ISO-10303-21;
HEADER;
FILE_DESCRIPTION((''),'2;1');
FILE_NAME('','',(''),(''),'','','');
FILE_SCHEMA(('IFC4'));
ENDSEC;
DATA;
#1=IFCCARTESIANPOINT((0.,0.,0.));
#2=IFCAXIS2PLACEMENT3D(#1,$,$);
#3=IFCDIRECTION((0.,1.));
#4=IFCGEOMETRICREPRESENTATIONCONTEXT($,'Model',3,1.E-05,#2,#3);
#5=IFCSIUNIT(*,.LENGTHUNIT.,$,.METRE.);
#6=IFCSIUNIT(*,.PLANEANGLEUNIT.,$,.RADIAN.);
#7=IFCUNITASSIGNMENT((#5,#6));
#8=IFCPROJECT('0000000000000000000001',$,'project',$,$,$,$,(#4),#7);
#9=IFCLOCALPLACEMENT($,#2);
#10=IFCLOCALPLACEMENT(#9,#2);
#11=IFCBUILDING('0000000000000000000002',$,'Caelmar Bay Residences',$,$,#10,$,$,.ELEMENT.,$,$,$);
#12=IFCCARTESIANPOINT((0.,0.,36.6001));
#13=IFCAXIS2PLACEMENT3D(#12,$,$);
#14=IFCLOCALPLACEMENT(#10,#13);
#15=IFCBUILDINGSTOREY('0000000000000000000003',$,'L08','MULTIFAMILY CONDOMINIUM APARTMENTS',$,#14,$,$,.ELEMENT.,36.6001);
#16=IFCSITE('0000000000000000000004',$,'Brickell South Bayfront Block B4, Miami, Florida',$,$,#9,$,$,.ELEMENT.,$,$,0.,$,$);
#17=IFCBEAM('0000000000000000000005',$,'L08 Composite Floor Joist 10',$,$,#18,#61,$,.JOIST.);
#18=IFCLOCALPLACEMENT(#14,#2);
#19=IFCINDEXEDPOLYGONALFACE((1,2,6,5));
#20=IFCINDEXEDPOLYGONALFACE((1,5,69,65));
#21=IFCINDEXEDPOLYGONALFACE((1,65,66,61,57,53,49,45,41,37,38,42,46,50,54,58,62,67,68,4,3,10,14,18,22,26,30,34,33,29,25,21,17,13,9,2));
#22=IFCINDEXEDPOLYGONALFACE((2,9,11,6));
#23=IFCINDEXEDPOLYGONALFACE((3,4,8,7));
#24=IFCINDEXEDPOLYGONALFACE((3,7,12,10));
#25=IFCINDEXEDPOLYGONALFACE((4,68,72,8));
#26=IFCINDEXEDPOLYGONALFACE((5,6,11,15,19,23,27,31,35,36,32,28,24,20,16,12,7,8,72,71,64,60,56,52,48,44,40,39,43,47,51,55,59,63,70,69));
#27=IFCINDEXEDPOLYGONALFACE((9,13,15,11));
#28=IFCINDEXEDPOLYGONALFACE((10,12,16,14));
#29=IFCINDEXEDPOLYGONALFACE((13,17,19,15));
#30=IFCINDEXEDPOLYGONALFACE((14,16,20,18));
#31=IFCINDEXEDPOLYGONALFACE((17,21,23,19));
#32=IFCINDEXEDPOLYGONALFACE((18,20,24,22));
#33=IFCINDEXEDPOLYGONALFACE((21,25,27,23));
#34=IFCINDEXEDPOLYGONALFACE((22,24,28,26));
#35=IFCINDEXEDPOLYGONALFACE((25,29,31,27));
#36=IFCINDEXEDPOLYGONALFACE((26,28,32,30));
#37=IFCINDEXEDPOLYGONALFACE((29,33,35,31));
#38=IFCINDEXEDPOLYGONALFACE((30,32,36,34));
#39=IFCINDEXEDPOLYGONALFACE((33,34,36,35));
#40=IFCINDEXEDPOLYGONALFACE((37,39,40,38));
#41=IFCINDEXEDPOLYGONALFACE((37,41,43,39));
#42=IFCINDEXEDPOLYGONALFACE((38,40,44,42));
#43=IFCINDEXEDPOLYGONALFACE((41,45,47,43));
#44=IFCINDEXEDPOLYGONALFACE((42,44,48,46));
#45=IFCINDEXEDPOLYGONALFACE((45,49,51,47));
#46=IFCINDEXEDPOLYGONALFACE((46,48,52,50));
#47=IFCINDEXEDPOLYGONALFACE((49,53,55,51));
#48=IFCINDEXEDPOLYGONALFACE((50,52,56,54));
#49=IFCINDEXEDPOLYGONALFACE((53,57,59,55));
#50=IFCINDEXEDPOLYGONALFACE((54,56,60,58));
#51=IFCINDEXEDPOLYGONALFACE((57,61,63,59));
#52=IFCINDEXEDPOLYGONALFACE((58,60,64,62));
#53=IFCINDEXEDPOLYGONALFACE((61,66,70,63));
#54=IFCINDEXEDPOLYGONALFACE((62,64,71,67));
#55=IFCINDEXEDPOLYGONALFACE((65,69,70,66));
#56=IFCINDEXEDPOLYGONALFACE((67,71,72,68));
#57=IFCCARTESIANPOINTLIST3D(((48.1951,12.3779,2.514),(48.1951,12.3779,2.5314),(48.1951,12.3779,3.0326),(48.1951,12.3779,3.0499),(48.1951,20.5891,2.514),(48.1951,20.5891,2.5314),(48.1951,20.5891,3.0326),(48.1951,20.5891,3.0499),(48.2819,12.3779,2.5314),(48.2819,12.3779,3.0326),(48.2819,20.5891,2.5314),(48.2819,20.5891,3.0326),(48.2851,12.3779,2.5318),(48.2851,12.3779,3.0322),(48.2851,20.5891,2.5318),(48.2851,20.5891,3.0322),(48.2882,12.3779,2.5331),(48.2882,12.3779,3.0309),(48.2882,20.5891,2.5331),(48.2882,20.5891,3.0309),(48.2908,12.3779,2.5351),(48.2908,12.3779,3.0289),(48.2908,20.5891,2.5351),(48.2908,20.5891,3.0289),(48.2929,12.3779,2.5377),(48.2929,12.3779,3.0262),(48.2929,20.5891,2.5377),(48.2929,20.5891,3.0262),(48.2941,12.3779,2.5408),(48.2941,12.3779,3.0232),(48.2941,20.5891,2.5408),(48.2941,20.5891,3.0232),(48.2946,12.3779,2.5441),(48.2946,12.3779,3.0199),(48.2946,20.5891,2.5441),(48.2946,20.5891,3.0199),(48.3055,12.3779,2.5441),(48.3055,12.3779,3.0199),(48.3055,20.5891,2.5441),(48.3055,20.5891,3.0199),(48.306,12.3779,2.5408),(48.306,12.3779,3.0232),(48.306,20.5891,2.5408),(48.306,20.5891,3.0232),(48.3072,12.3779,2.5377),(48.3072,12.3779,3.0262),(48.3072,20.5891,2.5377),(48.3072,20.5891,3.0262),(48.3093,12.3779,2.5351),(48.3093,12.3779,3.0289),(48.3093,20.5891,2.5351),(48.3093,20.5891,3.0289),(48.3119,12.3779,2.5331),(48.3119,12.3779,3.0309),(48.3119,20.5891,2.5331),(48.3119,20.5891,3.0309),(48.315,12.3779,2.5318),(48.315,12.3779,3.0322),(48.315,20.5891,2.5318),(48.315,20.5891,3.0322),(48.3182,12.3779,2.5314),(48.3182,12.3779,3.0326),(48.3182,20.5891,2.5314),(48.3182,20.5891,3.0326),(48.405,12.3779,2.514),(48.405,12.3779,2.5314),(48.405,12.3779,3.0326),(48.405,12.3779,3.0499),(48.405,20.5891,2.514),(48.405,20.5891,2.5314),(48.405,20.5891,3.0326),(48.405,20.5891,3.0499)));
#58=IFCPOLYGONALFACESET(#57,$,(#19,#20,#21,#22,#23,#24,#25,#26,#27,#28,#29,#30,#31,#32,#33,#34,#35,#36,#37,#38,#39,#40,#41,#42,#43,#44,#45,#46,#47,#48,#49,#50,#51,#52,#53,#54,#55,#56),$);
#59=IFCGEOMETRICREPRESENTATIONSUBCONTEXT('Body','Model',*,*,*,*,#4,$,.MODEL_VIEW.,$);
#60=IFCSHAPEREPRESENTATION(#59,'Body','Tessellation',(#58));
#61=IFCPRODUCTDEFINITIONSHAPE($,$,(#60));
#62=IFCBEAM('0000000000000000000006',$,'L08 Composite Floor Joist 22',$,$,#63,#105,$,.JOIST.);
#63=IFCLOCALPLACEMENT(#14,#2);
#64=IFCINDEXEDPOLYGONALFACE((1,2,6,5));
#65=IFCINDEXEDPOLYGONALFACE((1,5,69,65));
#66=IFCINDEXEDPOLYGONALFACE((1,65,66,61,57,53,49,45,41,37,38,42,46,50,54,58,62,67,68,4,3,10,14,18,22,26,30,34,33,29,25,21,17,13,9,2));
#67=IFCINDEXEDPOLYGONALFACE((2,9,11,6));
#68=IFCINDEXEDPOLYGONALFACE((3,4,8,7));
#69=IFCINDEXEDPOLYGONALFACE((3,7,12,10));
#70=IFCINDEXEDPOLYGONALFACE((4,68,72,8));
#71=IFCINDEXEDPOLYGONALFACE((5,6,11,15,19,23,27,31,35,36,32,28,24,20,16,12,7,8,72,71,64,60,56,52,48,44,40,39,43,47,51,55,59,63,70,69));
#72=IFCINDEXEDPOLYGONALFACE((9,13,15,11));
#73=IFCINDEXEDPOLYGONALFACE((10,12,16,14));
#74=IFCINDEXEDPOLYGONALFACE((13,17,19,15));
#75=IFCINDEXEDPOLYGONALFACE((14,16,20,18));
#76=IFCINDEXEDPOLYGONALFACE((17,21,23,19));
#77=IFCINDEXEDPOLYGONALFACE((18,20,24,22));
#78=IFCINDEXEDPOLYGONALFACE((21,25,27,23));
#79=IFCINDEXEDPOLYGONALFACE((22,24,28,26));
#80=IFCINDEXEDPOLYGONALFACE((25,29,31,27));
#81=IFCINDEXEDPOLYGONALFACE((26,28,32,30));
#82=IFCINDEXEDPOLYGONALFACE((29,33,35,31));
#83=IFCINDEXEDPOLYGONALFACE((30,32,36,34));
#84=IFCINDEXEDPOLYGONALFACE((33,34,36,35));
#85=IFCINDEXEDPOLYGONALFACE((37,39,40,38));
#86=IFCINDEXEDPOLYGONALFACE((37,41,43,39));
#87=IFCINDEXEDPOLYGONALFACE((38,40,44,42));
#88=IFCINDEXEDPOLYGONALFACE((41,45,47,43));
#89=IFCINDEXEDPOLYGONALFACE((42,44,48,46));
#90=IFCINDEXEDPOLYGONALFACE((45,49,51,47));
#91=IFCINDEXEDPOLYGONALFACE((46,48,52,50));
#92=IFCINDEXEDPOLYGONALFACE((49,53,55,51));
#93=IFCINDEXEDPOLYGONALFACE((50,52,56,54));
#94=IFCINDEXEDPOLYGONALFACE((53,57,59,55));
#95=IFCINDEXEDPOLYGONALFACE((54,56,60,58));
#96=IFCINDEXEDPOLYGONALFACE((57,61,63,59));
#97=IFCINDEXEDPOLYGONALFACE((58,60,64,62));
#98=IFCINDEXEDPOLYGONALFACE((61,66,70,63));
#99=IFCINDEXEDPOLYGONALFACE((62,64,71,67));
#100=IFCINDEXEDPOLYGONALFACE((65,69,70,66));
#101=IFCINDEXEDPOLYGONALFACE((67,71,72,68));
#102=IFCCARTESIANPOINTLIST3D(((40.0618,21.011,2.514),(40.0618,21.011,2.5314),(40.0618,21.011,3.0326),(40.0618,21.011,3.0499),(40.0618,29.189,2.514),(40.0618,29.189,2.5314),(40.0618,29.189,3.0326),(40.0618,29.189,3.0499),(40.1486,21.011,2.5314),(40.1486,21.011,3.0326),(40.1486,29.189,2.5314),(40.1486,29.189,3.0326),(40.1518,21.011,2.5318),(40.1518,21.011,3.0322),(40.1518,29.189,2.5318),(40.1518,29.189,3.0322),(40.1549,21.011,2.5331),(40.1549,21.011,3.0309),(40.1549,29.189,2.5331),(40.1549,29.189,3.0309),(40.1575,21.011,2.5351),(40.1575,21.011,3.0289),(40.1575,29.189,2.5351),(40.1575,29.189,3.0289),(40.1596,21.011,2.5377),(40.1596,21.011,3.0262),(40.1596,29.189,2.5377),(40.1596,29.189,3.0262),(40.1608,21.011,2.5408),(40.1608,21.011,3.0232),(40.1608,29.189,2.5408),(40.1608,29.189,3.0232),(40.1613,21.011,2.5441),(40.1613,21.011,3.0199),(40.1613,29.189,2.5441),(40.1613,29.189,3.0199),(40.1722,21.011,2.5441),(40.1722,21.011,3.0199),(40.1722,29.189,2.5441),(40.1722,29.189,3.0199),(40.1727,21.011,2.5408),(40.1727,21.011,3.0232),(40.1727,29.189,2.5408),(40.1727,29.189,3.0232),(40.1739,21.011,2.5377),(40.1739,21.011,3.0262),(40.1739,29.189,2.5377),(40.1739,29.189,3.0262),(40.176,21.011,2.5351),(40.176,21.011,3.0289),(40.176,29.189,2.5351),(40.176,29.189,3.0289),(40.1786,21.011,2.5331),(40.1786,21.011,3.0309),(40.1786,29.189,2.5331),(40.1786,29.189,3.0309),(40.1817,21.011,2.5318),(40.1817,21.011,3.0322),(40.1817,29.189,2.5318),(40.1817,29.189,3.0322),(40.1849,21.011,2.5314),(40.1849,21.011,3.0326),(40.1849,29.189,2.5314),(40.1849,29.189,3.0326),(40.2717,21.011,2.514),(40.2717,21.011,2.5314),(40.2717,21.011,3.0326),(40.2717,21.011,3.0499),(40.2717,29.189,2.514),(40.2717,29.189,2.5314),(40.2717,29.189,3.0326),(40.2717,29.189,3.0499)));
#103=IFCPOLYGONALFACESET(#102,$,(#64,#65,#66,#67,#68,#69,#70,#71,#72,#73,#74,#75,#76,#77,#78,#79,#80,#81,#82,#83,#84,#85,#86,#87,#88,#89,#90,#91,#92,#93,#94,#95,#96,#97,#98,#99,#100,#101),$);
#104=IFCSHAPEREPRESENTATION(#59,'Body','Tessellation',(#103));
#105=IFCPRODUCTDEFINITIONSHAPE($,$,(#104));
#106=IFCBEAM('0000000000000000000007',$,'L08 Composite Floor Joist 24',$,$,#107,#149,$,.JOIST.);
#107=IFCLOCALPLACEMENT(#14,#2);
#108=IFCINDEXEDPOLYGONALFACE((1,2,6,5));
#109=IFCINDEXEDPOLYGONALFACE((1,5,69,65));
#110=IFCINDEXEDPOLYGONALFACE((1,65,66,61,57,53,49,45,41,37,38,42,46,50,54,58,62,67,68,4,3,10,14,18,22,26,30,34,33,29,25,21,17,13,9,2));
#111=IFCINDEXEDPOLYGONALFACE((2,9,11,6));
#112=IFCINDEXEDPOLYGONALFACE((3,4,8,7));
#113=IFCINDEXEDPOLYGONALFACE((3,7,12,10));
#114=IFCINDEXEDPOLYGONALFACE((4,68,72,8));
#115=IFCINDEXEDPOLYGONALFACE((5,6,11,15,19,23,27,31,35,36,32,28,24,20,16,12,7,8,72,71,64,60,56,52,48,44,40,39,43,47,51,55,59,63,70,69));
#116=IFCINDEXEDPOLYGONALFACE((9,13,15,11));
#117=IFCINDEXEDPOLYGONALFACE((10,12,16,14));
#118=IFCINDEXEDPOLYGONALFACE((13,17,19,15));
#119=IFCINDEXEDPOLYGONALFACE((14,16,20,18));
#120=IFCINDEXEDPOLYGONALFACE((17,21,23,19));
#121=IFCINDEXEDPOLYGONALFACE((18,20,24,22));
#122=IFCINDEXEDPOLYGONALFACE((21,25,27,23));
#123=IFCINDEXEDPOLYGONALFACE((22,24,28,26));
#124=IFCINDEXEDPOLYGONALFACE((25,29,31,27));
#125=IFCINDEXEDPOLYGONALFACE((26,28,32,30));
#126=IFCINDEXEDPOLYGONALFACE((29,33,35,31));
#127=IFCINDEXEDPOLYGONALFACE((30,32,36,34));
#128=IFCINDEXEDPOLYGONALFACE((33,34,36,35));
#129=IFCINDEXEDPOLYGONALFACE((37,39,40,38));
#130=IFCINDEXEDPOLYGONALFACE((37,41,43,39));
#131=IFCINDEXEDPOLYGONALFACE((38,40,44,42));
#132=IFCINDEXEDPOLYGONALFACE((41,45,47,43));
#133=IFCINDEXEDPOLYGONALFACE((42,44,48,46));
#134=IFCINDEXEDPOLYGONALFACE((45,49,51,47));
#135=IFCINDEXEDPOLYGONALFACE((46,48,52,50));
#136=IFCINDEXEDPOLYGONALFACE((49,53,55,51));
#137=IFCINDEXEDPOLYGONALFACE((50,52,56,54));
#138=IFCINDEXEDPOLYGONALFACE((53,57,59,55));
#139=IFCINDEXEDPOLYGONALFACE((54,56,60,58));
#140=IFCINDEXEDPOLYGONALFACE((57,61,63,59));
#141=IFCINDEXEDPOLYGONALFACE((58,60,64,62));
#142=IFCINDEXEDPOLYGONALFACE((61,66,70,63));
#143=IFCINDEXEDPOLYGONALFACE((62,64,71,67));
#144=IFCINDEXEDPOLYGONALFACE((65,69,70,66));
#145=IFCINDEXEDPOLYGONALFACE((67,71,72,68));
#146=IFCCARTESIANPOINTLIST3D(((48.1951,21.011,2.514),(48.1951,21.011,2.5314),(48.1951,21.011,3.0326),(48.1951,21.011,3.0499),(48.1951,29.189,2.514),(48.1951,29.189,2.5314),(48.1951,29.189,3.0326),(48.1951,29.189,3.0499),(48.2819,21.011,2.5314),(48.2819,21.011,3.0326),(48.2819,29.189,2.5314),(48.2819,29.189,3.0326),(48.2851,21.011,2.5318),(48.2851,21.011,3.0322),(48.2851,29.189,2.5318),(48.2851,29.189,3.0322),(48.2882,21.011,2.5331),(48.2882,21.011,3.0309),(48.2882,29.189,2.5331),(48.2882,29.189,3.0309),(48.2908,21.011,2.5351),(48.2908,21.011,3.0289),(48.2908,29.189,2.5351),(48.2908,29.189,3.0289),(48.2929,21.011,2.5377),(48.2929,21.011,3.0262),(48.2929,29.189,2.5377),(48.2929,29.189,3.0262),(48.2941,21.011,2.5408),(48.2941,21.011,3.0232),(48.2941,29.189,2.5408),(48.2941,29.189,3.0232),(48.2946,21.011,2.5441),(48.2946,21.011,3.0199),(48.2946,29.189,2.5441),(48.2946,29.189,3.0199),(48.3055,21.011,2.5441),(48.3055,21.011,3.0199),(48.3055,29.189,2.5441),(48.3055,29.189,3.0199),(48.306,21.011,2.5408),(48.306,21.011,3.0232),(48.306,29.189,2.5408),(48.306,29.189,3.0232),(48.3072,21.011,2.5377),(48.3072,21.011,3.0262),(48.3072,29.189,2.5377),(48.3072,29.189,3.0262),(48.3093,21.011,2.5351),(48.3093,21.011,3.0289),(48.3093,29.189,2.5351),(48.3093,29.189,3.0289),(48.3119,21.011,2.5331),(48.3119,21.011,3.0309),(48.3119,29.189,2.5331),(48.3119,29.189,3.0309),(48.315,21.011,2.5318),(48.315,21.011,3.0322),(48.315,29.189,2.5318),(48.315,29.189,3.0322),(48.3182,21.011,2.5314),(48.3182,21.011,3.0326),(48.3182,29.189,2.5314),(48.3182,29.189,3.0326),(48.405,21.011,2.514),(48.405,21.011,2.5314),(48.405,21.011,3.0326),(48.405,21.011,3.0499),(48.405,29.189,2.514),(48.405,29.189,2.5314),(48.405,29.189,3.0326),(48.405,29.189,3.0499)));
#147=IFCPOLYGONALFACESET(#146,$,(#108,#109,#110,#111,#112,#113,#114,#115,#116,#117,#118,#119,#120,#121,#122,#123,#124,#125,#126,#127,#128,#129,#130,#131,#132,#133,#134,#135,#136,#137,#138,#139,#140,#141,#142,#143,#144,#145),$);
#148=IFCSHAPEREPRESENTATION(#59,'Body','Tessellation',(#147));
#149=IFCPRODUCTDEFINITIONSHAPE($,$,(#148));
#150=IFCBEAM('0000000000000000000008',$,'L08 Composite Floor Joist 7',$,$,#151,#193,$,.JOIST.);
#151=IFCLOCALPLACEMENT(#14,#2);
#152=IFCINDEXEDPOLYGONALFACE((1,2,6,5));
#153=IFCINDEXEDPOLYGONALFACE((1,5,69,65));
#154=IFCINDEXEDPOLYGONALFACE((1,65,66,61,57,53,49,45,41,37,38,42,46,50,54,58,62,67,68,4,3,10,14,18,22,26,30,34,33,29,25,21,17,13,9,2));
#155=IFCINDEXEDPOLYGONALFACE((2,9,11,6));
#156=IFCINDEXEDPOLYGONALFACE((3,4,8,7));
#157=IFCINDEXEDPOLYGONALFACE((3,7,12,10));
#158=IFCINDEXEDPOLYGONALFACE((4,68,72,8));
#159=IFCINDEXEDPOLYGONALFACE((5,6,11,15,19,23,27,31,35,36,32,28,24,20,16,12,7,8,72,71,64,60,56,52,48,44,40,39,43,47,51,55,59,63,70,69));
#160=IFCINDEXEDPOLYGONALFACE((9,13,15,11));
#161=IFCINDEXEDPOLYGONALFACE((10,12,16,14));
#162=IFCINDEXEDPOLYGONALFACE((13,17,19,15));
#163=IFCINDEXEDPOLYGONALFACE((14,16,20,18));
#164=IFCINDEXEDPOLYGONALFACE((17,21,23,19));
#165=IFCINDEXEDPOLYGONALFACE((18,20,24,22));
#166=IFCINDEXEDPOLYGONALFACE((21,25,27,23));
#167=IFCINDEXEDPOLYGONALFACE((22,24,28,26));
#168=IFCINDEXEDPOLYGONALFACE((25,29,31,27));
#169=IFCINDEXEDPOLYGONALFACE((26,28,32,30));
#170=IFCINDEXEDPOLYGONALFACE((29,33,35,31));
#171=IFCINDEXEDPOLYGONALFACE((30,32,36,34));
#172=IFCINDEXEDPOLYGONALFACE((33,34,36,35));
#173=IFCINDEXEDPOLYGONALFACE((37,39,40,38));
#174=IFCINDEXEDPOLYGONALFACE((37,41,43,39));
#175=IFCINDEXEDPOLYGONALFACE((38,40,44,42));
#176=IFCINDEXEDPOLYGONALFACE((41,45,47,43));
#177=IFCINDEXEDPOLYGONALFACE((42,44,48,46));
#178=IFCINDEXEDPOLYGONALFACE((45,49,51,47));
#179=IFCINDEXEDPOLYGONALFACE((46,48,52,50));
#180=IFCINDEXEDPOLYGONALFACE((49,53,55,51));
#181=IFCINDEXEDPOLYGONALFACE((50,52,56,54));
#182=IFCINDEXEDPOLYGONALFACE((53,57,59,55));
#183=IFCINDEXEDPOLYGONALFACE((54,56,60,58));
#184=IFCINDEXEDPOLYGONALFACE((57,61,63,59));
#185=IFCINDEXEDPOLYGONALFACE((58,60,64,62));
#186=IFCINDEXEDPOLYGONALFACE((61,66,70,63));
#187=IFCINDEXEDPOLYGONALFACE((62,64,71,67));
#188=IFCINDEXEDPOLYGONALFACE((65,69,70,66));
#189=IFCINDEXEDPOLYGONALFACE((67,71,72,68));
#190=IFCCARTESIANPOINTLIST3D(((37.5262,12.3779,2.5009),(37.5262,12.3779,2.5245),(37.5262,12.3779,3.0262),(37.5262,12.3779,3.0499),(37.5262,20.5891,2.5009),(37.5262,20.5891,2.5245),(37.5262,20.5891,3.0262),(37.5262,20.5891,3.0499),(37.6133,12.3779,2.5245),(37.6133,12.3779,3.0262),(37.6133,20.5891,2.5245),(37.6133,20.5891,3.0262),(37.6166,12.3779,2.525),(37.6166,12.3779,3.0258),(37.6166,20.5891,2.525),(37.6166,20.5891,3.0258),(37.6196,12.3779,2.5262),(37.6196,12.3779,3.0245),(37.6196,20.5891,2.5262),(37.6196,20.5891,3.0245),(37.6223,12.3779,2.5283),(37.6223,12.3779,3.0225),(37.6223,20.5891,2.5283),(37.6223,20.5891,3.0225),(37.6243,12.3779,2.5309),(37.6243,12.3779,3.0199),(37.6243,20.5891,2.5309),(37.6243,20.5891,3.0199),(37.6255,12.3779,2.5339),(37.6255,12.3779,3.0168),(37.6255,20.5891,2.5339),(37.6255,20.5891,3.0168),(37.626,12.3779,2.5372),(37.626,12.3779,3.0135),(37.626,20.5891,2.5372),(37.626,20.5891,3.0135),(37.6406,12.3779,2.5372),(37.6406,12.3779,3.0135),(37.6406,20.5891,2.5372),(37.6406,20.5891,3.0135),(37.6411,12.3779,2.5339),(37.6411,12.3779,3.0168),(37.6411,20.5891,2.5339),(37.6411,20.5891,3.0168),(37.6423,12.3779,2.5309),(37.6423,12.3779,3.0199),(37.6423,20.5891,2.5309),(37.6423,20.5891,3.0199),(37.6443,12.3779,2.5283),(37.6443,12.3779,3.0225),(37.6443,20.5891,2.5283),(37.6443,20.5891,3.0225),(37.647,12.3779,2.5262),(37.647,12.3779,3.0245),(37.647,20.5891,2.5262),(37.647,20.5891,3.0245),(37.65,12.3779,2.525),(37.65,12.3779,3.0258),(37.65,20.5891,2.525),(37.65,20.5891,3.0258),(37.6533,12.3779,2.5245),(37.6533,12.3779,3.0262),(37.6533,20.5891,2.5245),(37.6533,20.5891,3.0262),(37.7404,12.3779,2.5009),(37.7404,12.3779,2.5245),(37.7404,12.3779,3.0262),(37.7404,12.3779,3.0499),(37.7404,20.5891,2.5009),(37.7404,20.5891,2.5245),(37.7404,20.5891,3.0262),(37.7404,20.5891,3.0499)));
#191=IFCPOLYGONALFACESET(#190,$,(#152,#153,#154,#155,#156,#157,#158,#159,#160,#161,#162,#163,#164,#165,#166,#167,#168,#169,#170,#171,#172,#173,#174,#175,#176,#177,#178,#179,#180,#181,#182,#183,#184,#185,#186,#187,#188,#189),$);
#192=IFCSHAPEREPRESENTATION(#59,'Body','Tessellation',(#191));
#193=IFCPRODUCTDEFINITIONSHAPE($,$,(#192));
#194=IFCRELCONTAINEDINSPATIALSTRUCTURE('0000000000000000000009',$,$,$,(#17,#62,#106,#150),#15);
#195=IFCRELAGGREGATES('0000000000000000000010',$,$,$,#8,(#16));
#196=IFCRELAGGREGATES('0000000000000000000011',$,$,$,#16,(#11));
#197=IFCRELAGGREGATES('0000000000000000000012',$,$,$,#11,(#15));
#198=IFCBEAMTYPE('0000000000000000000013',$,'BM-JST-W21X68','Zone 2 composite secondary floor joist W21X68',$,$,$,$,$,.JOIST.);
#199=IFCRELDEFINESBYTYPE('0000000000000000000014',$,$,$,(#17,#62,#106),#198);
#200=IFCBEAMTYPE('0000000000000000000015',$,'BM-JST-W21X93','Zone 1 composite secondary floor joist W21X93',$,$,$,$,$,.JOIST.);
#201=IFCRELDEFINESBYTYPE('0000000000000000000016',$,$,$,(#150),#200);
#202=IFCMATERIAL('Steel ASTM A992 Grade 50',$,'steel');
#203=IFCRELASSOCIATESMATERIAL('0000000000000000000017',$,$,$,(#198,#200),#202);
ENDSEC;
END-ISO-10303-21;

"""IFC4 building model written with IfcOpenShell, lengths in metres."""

from ifc_helpers import new_model, si_unit, direction, frame, origin, origin_2d, place, context, subcontext, project, spatial, i_section, extrude, material, material_profile, profile_set, type_object, element, save


model = new_model("IFC4")

# Units and contexts
model_context = context("Model", 3, precision=1e-05, world=origin(), true_north=direction((0.0, 1.0)))
body_context = subcontext(model_context, "Body", "Model", "MODEL_VIEW")
ifc_project = project(units=[si_unit("LENGTHUNIT", "METRE"), si_unit("PLANEANGLEUNIT", "RADIAN")], contexts=[model_context])

# Site, building, storey
site_placement = place(None, origin())
site = spatial("IfcSite", under=ifc_project, at=site_placement, Name="Brickell South Bayfront Block B4, Miami, Florida", CompositionType="ELEMENT", RefElevation=0.0)
building_placement = place(site_placement, origin())
building = spatial("IfcBuilding", under=site, at=building_placement, Name="Caelmar Bay Residences", CompositionType="ELEMENT")
storey_placement = place(building_placement, frame((0.0, 0.0, 36.6001)))
storey = spatial("IfcBuildingStorey", under=building, at=storey_placement, Name="L08", Description="MULTIFAMILY CONDOMINIUM APARTMENTS", CompositionType="ELEMENT", Elevation=36.6001)

# Beams
ifc_material_1 = material(Name="Steel ASTM A992 Grade 50", Category="steel")
ifc_material_profile_1 = material_profile(ifc_material_1, i_section(OverallWidth=0.21, OverallDepth=0.5359, WebThickness=0.011, FlangeThickness=0.0173, FilletRadius=0.0127, at=origin_2d()), Name="W21X68")
ifc_profile_set_1 = profile_set([ifc_material_profile_1], Name="Steel ASTM A992 Grade 50")
beam_type_1 = type_object("IfcBeamType", Name="BM-JST-W21X68", Description="Zone 2 composite secondary floor joist W21X68", PredefinedType="JOIST", material=ifc_profile_set_1)
for number, where, z_axis, x_axis, name in (
    (1, (48.3, 12.3779, 2.782), (0.0, 1.0, 0.0), (-1.0, 0.0, 0.0), "L08 Composite Floor Joist 10"),
):
    element("IfcBeam", number, at=place(storey_placement, frame(where, z_axis=z_axis, x_axis=x_axis)), inside=storey, type_object=beam_type_1, Name=name, PredefinedType="JOIST", context=body_context, shape_type="SweptSolid", body=[
        extrude(i_section(OverallWidth=0.21, OverallDepth=0.5359, WebThickness=0.011, FlangeThickness=0.0173, FilletRadius=0.0127, at=origin_2d()), origin(), (0.0, 0.0, 1.0), 8.2112),
    ])
for number, where, z_axis, x_axis, name in (
    (2, (40.1667, 21.011, 2.782), (0.0, 1.0, 0.0), (-1.0, 0.0, 0.0), "L08 Composite Floor Joist 22"),
    (3, (48.3, 21.011, 2.782), (0.0, 1.0, 0.0), (-1.0, 0.0, 0.0), "L08 Composite Floor Joist 24"),
):
    element("IfcBeam", number, at=place(storey_placement, frame(where, z_axis=z_axis, x_axis=x_axis)), inside=storey, type_object=beam_type_1, Name=name, PredefinedType="JOIST", context=body_context, shape_type="SweptSolid", body=[
        extrude(i_section(OverallWidth=0.21, OverallDepth=0.5359, WebThickness=0.011, FlangeThickness=0.0173, FilletRadius=0.0127, at=origin_2d()), origin(), (0.0, 0.0, 1.0), 8.178),
    ])
ifc_material_profile_2 = material_profile(ifc_material_1, i_section(OverallWidth=0.2141, OverallDepth=0.5491, WebThickness=0.0146, FlangeThickness=0.0237, FilletRadius=0.0127, at=origin_2d()), Name="W21X93")
ifc_profile_set_2 = profile_set([ifc_material_profile_2], Name="Steel ASTM A992 Grade 50")
beam_type_2 = type_object("IfcBeamType", Name="BM-JST-W21X93", Description="Zone 1 composite secondary floor joist W21X93", PredefinedType="JOIST", material=ifc_profile_set_2)
for number, where, z_axis, x_axis, name in (
    (4, (37.6333, 12.3779, 2.7754), (0.0, 1.0, 0.0), (-1.0, 0.0, 0.0), "L08 Composite Floor Joist 7"),
):
    element("IfcBeam", number, at=place(storey_placement, frame(where, z_axis=z_axis, x_axis=x_axis)), inside=storey, type_object=beam_type_2, Name=name, PredefinedType="JOIST", context=body_context, shape_type="SweptSolid", body=[
        extrude(i_section(OverallWidth=0.2141, OverallDepth=0.5491, WebThickness=0.0146, FlangeThickness=0.0237, FilletRadius=0.0127, at=origin_2d()), origin(), (0.0, 0.0, 1.0), 8.2112),
    ])

save(model, "model.ifc")
